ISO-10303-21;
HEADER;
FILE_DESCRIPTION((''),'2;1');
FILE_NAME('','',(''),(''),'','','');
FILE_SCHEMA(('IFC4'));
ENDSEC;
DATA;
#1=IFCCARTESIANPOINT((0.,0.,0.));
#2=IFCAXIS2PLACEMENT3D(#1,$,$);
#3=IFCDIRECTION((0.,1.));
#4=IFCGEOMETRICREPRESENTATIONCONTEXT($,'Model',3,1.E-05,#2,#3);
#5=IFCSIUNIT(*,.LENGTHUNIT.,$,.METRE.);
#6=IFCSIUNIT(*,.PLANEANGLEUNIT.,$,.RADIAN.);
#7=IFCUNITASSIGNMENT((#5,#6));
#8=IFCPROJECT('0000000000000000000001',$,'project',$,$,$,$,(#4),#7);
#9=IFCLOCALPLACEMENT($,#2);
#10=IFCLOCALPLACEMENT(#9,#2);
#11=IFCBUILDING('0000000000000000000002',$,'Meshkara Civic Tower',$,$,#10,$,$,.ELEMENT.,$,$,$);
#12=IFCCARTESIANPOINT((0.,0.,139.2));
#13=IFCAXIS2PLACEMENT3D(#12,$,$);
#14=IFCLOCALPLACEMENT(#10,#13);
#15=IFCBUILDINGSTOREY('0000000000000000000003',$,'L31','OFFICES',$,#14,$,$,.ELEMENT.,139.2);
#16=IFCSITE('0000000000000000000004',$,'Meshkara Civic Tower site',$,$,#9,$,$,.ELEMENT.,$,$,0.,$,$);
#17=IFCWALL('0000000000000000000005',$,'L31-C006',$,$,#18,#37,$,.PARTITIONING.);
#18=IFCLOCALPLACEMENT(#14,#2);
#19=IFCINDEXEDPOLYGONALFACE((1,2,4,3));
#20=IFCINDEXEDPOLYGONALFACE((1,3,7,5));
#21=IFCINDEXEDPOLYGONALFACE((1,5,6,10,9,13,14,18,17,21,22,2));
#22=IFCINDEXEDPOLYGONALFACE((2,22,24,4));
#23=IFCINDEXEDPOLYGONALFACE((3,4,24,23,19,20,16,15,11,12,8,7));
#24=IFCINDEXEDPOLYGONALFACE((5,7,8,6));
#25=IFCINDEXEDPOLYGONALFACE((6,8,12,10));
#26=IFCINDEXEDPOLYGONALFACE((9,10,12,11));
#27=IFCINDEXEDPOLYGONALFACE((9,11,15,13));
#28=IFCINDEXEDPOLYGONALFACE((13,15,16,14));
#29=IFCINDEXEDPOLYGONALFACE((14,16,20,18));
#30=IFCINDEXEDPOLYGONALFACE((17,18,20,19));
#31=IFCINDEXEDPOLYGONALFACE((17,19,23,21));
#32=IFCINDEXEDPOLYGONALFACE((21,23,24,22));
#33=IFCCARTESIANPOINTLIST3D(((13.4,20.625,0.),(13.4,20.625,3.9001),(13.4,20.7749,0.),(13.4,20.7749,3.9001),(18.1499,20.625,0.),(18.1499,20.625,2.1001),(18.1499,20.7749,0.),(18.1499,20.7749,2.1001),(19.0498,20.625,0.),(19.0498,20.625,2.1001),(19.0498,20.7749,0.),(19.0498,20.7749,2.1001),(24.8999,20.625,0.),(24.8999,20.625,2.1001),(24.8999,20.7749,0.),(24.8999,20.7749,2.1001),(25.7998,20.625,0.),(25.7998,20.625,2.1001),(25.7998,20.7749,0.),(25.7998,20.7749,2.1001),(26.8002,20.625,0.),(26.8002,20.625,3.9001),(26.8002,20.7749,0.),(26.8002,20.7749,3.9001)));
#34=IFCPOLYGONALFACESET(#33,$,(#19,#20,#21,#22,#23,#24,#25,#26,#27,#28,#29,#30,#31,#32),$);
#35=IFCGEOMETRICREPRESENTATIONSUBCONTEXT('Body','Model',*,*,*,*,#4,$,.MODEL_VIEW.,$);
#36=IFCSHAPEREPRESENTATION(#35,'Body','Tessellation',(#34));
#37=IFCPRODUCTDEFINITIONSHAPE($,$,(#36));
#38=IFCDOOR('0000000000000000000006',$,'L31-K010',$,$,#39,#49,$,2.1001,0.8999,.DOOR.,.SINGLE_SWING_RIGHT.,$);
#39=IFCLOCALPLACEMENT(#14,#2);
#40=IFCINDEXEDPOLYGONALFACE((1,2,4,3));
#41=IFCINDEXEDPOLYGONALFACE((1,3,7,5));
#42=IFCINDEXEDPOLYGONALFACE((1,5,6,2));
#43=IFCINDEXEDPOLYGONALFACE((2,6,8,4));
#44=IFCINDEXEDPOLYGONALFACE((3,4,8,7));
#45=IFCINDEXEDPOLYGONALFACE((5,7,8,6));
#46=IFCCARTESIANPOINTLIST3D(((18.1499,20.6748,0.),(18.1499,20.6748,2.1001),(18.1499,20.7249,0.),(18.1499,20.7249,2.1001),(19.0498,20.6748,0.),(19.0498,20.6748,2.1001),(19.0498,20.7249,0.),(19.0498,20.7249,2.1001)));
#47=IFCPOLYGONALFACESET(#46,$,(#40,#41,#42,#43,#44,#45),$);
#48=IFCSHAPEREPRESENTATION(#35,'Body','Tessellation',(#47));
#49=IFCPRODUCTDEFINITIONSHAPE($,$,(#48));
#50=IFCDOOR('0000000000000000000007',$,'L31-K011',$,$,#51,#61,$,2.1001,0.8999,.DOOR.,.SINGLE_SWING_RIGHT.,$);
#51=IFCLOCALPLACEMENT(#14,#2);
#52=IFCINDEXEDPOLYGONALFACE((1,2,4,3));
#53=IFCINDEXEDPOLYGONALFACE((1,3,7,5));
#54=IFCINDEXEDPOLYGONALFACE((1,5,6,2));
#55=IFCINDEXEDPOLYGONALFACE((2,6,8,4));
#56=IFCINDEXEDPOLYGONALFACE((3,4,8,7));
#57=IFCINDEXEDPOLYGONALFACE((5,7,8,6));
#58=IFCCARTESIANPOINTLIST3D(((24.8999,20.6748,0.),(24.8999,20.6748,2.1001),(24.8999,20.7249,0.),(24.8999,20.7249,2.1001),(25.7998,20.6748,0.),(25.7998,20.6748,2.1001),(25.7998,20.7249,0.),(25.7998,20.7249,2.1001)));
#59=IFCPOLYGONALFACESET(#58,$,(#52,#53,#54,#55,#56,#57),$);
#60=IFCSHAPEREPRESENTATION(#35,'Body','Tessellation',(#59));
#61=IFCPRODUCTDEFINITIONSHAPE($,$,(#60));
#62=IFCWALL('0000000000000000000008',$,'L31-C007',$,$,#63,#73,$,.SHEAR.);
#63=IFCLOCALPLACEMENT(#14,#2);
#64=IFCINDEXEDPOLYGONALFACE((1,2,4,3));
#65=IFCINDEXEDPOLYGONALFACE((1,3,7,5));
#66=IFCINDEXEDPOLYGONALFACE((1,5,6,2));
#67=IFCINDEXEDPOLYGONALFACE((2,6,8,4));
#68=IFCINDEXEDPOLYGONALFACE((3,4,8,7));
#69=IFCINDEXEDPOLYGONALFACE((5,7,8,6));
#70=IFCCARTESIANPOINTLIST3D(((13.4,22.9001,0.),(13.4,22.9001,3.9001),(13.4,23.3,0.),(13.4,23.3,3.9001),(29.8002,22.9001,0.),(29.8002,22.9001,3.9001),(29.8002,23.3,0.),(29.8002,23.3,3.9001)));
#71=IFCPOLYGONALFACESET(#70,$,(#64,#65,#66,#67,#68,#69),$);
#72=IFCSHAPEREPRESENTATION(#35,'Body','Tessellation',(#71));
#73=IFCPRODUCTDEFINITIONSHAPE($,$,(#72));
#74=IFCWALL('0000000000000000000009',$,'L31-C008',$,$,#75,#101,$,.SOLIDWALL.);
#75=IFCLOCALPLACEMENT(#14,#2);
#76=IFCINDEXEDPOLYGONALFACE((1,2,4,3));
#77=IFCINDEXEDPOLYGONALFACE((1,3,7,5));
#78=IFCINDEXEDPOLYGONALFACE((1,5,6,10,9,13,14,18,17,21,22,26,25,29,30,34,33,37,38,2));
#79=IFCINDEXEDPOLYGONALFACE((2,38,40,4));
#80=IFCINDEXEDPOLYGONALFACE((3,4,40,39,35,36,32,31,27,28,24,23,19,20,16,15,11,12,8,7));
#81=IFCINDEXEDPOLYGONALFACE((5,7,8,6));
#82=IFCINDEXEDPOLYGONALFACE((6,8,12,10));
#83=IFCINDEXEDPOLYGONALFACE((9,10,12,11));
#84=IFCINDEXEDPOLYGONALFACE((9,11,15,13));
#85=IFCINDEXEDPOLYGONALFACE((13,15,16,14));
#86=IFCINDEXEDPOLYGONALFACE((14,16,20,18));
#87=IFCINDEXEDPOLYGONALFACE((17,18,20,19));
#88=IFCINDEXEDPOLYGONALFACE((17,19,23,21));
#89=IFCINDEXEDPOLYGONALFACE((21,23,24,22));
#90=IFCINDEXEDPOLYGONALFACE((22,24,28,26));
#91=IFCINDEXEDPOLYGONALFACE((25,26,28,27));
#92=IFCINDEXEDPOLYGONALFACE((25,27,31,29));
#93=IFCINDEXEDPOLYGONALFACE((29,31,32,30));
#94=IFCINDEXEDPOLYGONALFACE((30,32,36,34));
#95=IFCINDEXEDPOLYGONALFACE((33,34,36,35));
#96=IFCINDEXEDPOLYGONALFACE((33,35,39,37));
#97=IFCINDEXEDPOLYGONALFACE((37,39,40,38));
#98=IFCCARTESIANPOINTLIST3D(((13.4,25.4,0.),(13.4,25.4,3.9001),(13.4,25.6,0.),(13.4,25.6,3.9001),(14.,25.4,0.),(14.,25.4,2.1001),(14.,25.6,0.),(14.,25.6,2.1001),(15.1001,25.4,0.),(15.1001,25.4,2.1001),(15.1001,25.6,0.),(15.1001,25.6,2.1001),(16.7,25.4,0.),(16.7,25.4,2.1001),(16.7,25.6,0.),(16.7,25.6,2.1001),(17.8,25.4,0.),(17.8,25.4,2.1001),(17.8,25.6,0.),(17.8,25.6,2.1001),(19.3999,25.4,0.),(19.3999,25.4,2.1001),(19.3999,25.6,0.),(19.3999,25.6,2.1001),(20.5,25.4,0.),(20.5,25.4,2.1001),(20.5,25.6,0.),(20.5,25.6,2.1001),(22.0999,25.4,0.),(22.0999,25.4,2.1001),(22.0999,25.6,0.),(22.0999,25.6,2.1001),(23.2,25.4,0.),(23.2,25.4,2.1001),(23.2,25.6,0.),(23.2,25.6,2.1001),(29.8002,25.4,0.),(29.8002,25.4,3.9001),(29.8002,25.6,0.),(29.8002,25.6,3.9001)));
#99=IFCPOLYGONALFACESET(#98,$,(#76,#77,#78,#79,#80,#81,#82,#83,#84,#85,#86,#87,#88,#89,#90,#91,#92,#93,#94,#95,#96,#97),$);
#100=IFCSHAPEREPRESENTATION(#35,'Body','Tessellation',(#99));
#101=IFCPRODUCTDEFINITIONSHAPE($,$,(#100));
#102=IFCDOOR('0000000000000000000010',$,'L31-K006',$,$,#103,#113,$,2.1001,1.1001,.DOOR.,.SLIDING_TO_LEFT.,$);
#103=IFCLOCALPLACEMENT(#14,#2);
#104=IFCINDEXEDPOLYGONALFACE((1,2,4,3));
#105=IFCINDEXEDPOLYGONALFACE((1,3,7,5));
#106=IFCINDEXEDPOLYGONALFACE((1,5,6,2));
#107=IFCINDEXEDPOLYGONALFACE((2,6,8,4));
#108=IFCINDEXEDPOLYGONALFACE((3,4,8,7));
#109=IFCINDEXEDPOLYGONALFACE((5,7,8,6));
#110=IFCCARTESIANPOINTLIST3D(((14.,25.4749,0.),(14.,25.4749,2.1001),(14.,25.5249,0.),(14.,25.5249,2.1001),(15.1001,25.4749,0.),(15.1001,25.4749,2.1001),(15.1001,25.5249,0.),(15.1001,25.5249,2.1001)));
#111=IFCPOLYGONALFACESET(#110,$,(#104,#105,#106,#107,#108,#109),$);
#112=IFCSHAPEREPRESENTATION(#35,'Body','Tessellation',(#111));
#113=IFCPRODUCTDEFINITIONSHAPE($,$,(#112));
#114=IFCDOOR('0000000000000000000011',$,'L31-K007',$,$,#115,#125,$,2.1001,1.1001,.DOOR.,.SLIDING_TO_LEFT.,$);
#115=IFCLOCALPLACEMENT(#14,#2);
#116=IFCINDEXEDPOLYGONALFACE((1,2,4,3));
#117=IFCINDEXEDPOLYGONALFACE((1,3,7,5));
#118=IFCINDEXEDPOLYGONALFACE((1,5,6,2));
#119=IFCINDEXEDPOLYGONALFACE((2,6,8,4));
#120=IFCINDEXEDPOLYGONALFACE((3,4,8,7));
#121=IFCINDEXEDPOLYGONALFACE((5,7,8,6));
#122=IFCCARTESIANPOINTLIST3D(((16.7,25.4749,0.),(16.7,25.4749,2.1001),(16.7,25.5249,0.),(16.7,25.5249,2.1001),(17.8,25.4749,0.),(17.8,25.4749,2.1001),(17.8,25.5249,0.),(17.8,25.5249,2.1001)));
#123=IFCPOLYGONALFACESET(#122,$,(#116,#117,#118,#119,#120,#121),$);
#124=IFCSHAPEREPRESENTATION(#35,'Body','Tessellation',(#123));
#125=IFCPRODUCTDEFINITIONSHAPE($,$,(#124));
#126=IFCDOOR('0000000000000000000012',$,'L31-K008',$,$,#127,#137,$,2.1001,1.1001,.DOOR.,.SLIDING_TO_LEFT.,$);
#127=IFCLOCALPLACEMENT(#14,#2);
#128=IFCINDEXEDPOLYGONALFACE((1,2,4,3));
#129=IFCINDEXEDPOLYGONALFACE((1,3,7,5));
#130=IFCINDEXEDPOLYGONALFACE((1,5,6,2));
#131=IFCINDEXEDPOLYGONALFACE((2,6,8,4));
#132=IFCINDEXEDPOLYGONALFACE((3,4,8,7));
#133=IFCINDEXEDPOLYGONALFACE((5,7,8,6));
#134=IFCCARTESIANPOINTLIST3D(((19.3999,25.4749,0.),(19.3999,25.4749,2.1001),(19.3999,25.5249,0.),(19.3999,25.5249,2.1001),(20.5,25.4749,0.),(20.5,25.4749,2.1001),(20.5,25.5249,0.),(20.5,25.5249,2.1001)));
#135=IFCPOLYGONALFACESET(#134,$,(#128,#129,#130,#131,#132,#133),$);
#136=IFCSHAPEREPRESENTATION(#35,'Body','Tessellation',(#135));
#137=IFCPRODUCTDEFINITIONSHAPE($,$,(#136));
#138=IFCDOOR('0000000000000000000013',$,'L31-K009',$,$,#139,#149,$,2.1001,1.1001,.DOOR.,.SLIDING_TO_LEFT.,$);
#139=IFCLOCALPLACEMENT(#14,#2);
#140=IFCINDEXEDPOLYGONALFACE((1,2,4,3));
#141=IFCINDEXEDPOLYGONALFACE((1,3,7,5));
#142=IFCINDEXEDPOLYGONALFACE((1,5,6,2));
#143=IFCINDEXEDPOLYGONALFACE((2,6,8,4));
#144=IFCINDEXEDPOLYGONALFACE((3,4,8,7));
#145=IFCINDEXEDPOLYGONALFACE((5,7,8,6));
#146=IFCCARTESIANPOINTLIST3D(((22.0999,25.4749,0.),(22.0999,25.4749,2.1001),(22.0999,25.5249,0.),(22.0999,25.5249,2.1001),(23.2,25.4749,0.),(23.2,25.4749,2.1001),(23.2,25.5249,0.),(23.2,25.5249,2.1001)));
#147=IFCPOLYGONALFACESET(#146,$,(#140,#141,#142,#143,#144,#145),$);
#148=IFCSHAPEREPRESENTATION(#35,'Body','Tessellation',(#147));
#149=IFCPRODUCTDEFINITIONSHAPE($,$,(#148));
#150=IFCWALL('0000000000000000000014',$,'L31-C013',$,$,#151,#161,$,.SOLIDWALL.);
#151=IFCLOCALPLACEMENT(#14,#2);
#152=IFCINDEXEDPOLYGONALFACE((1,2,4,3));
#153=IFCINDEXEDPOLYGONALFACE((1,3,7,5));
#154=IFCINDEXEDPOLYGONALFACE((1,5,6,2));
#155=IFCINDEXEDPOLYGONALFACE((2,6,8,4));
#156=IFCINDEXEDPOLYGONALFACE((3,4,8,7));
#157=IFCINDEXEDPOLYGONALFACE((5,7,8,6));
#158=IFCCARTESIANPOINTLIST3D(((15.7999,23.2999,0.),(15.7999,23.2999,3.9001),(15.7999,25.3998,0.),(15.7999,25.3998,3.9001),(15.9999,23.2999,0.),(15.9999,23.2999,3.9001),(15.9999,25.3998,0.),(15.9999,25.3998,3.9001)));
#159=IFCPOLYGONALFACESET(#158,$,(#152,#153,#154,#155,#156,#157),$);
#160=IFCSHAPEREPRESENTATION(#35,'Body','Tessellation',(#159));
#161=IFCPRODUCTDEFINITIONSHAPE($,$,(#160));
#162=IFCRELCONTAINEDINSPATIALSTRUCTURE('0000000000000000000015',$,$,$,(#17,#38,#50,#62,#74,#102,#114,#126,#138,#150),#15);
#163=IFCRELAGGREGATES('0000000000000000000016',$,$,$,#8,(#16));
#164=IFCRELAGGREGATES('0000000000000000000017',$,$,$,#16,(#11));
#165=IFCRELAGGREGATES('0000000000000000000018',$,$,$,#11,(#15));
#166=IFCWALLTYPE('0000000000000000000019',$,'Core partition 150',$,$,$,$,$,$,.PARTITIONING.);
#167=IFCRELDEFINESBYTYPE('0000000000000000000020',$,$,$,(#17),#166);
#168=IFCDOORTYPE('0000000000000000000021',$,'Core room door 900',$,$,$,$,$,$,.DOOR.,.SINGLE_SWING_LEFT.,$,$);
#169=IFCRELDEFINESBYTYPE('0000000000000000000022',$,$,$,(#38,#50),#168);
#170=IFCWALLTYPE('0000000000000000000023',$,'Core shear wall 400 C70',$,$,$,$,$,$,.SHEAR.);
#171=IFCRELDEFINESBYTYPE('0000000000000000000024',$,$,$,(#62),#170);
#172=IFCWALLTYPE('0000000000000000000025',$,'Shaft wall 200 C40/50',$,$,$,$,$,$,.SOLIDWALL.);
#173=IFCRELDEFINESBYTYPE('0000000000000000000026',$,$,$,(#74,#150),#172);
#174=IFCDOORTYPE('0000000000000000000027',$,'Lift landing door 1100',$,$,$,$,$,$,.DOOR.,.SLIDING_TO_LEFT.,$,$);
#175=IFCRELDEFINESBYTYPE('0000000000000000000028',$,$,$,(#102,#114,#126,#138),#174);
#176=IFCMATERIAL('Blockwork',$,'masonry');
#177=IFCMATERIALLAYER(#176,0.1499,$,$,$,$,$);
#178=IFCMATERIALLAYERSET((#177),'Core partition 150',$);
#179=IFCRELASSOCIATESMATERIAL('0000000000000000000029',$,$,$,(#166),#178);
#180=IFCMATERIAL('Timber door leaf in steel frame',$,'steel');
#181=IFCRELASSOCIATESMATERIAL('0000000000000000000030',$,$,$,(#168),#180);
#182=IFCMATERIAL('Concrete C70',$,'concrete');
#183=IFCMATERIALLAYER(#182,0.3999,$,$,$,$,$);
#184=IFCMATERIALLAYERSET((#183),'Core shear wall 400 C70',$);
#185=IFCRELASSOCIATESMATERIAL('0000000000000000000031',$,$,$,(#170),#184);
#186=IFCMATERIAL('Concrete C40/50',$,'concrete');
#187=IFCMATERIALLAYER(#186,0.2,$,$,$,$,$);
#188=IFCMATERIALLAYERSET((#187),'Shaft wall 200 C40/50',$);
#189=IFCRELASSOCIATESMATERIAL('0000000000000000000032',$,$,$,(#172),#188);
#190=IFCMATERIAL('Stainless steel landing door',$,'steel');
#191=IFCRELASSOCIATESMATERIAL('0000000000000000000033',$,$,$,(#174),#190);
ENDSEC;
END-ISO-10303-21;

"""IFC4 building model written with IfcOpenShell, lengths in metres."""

from ifc_helpers import new_model, si_unit, direction, frame, frame_2d, origin, place, context, subcontext, project, spatial, rectangle, extrude, material, layer, layer_set, type_object, element, fill, save


model = new_model("IFC4")

# Units and contexts
model_context = context("Model", 3, precision=1e-05, world=origin(), true_north=direction((0.0, 1.0)))
body_context = subcontext(model_context, "Body", "Model", "MODEL_VIEW")
ifc_project = project(units=[si_unit("LENGTHUNIT", "METRE"), si_unit("PLANEANGLEUNIT", "RADIAN")], contexts=[model_context])

# Site, building, storey
site_placement = place(None, origin())
site = spatial("IfcSite", under=ifc_project, at=site_placement, Name="Meshkara Civic Tower site", CompositionType="ELEMENT", RefElevation=0.0)
building_placement = place(site_placement, origin())
building = spatial("IfcBuilding", under=site, at=building_placement, Name="Meshkara Civic Tower", CompositionType="ELEMENT")
storey_placement = place(building_placement, frame((0.0, 0.0, 139.2)))
storey = spatial("IfcBuildingStorey", under=building, at=storey_placement, Name="L31", Description="OFFICES", CompositionType="ELEMENT", Elevation=139.2)

# Wall, openings, doors
ifc_material_1 = material(Name="Blockwork", Category="masonry")
ifc_layer_1 = layer(ifc_material_1, 0.1499)
ifc_layer_set_1 = layer_set([ifc_layer_1], Name="Core partition 150")
wall_type_1 = type_object("IfcWallType", Name="Core partition 150", PredefinedType="PARTITIONING", material=ifc_layer_set_1)
wall_1_placement = place(storey_placement, frame((13.3999, 20.7, 0.0), z_axis=(0.0, 0.0, 1.0), x_axis=(1.0, 0.0, 0.0)))
wall_1 = element("IfcWall", 1, at=wall_1_placement, inside=storey, type_object=wall_type_1, Name="L31-C006", PredefinedType="PARTITIONING", context=body_context, shape_type="SweptSolid", body=[
    extrude(rectangle(XDim=13.4001, YDim=0.1499, at=frame_2d((6.7002, 0.0))), origin(), (0.0, 0.0, 1.0), 3.9001),
])
opening_1_placement = place(wall_1_placement, frame((4.75, 0.0, 0.0)))
opening_1 = element("IfcOpeningElement", 2, at=opening_1_placement, cuts=wall_1, PredefinedType="OPENING", context=body_context, shape_type="SweptSolid", body=[
    extrude(rectangle(XDim=0.8999, YDim=2.1001, at=frame_2d((0.45, 1.05))), frame((0.0, 0.085, 0.0), z_axis=(0.0, -1.0, 0.0), x_axis=(1.0, 0.0, 0.0)), (0.0, 0.0, 1.0), 0.1699),
])
opening_2_placement = place(wall_1_placement, frame((11.5, 0.0, 0.0)))
opening_2 = element("IfcOpeningElement", 3, at=opening_2_placement, cuts=wall_1, PredefinedType="OPENING", context=body_context, shape_type="SweptSolid", body=[
    extrude(rectangle(XDim=0.8999, YDim=2.1001, at=frame_2d((0.45, 1.05))), frame((0.0, 0.085, 0.0), z_axis=(0.0, -1.0, 0.0), x_axis=(1.0, 0.0, 0.0)), (0.0, 0.0, 1.0), 0.1699),
])
ifc_material_2 = material(Name="Timber door leaf in steel frame", Category="steel")
door_type_1 = type_object("IfcDoorType", Name="Core room door 900", OperationType="SINGLE_SWING_LEFT", PredefinedType="DOOR", material=ifc_material_2)
door_1_placement = place(opening_1_placement, origin())
door_1 = element("IfcDoor", 4, at=door_1_placement, inside=storey, type_object=door_type_1, Name="L31-K010", OperationType="SINGLE_SWING_RIGHT", OverallHeight=2.1001, OverallWidth=0.8999, PredefinedType="DOOR", context=body_context, shape_type="SweptSolid", body=[
    extrude(rectangle(XDim=0.8999, YDim=2.1001, at=frame_2d((0.45, 1.05))), frame((0.0, 0.0249, 0.0), z_axis=(0.0, -1.0, 0.0), x_axis=(1.0, 0.0, 0.0)), (0.0, 0.0, 1.0), 0.05),
])
fill(opening_1, door_1)
door_2_placement = place(opening_2_placement, origin())
door_2 = element("IfcDoor", 5, at=door_2_placement, inside=storey, type_object=door_type_1, Name="L31-K011", OperationType="SINGLE_SWING_RIGHT", OverallHeight=2.1001, OverallWidth=0.8999, PredefinedType="DOOR", context=body_context, shape_type="SweptSolid", body=[
    extrude(rectangle(XDim=0.8999, YDim=2.1001, at=frame_2d((0.45, 1.05))), frame((0.0, 0.0249, 0.0), z_axis=(0.0, -1.0, 0.0), x_axis=(1.0, 0.0, 0.0)), (0.0, 0.0, 1.0), 0.05),
])
fill(opening_2, door_2)

# Wall
ifc_material_3 = material(Name="Concrete C70", Category="concrete")
ifc_layer_2 = layer(ifc_material_3, 0.3999)
ifc_layer_set_2 = layer_set([ifc_layer_2], Name="Core shear wall 400 C70")
wall_type_2 = type_object("IfcWallType", Name="Core shear wall 400 C70", PredefinedType="SHEAR", material=ifc_layer_set_2)
wall_2_placement = place(storey_placement, frame((13.3999, 23.1001, 0.0), z_axis=(0.0, 0.0, 1.0), x_axis=(1.0, 0.0, 0.0)))
element("IfcWall", 6, at=wall_2_placement, inside=storey, type_object=wall_type_2, Name="L31-C007", PredefinedType="SHEAR", context=body_context, shape_type="SweptSolid", body=[
    extrude(rectangle(XDim=16.4001, YDim=0.3999, at=frame_2d((8.2002, 0.0))), origin(), (0.0, 0.0, 1.0), 3.9001),
])

# Wall, openings, doors
ifc_material_4 = material(Name="Concrete C40/50", Category="concrete")
ifc_layer_3 = layer(ifc_material_4, 0.2)
ifc_layer_set_3 = layer_set([ifc_layer_3], Name="Shaft wall 200 C40/50")
wall_type_3 = type_object("IfcWallType", Name="Shaft wall 200 C40/50", PredefinedType="SOLIDWALL", material=ifc_layer_set_3)
wall_3_placement = place(storey_placement, frame((13.3999, 25.5, 0.0), z_axis=(0.0, 0.0, 1.0), x_axis=(1.0, 0.0, 0.0)))
wall_3 = element("IfcWall", 7, at=wall_3_placement, inside=storey, type_object=wall_type_3, Name="L31-C008", PredefinedType="SOLIDWALL", context=body_context, shape_type="SweptSolid", body=[
    extrude(rectangle(XDim=16.4001, YDim=0.2, at=frame_2d((8.2002, 0.0))), origin(), (0.0, 0.0, 1.0), 3.9001),
])
opening_3_placement = place(wall_3_placement, frame((0.6001, 0.0, 0.0)))
opening_3 = element("IfcOpeningElement", 8, at=opening_3_placement, cuts=wall_3, PredefinedType="OPENING", context=body_context, shape_type="SweptSolid", body=[
    extrude(rectangle(XDim=1.1001, YDim=2.1001, at=frame_2d((0.55, 1.05))), frame((0.0, 0.1099, 0.0), z_axis=(0.0, -1.0, 0.0), x_axis=(1.0, 0.0, 0.0)), (0.0, 0.0, 1.0), 0.22),
])
opening_4_placement = place(wall_3_placement, frame((3.3, 0.0, 0.0)))
opening_4 = element("IfcOpeningElement", 9, at=opening_4_placement, cuts=wall_3, PredefinedType="OPENING", context=body_context, shape_type="SweptSolid", body=[
    extrude(rectangle(XDim=1.1001, YDim=2.1001, at=frame_2d((0.55, 1.05))), frame((0.0, 0.1099, 0.0), z_axis=(0.0, -1.0, 0.0), x_axis=(1.0, 0.0, 0.0)), (0.0, 0.0, 1.0), 0.22),
])
opening_5_placement = place(wall_3_placement, frame((6.0, 0.0, 0.0)))
opening_5 = element("IfcOpeningElement", 10, at=opening_5_placement, cuts=wall_3, PredefinedType="OPENING", context=body_context, shape_type="SweptSolid", body=[
    extrude(rectangle(XDim=1.1001, YDim=2.1001, at=frame_2d((0.55, 1.05))), frame((0.0, 0.1099, 0.0), z_axis=(0.0, -1.0, 0.0), x_axis=(1.0, 0.0, 0.0)), (0.0, 0.0, 1.0), 0.22),
])
opening_6_placement = place(wall_3_placement, frame((8.7, 0.0, 0.0)))
opening_6 = element("IfcOpeningElement", 11, at=opening_6_placement, cuts=wall_3, PredefinedType="OPENING", context=body_context, shape_type="SweptSolid", body=[
    extrude(rectangle(XDim=1.1001, YDim=2.1001, at=frame_2d((0.55, 1.05))), frame((0.0, 0.1099, 0.0), z_axis=(0.0, -1.0, 0.0), x_axis=(1.0, 0.0, 0.0)), (0.0, 0.0, 1.0), 0.22),
])
ifc_material_5 = material(Name="Stainless steel landing door", Category="steel")
door_type_2 = type_object("IfcDoorType", Name="Lift landing door 1100", OperationType="SLIDING_TO_LEFT", PredefinedType="DOOR", material=ifc_material_5)
door_3_placement = place(opening_3_placement, origin())
door_3 = element("IfcDoor", 12, at=door_3_placement, inside=storey, type_object=door_type_2, Name="L31-K006", OperationType="SLIDING_TO_LEFT", OverallHeight=2.1001, OverallWidth=1.1001, PredefinedType="DOOR", context=body_context, shape_type="SweptSolid", body=[
    extrude(rectangle(XDim=1.1001, YDim=2.1001, at=frame_2d((0.55, 1.05))), frame((0.0, 0.0249, 0.0), z_axis=(0.0, -1.0, 0.0), x_axis=(1.0, 0.0, 0.0)), (0.0, 0.0, 1.0), 0.05),
])
fill(opening_3, door_3)
door_4_placement = place(opening_4_placement, origin())
door_4 = element("IfcDoor", 13, at=door_4_placement, inside=storey, type_object=door_type_2, Name="L31-K007", OperationType="SLIDING_TO_LEFT", OverallHeight=2.1001, OverallWidth=1.1001, PredefinedType="DOOR", context=body_context, shape_type="SweptSolid", body=[
    extrude(rectangle(XDim=1.1001, YDim=2.1001, at=frame_2d((0.55, 1.05))), frame((0.0, 0.0249, 0.0), z_axis=(0.0, -1.0, 0.0), x_axis=(1.0, 0.0, 0.0)), (0.0, 0.0, 1.0), 0.05),
])
fill(opening_4, door_4)
door_5_placement = place(opening_5_placement, origin())
door_5 = element("IfcDoor", 14, at=door_5_placement, inside=storey, type_object=door_type_2, Name="L31-K008", OperationType="SLIDING_TO_LEFT", OverallHeight=2.1001, OverallWidth=1.1001, PredefinedType="DOOR", context=body_context, shape_type="SweptSolid", body=[
    extrude(rectangle(XDim=1.1001, YDim=2.1001, at=frame_2d((0.55, 1.05))), frame((0.0, 0.0249, 0.0), z_axis=(0.0, -1.0, 0.0), x_axis=(1.0, 0.0, 0.0)), (0.0, 0.0, 1.0), 0.05),
])
fill(opening_5, door_5)
door_6_placement = place(opening_6_placement, origin())
door_6 = element("IfcDoor", 15, at=door_6_placement, inside=storey, type_object=door_type_2, Name="L31-K009", OperationType="SLIDING_TO_LEFT", OverallHeight=2.1001, OverallWidth=1.1001, PredefinedType="DOOR", context=body_context, shape_type="SweptSolid", body=[
    extrude(rectangle(XDim=1.1001, YDim=2.1001, at=frame_2d((0.55, 1.05))), frame((0.0, 0.0249, 0.0), z_axis=(0.0, -1.0, 0.0), x_axis=(1.0, 0.0, 0.0)), (0.0, 0.0, 1.0), 0.05),
])
fill(opening_6, door_6)

# Wall
wall_4_placement = place(storey_placement, frame((15.8999, 23.3, 0.0), z_axis=(0.0, 0.0, 1.0), x_axis=(0.0, 1.0, 0.0)))
element("IfcWall", 16, at=wall_4_placement, inside=storey, type_object=wall_type_3, Name="L31-C013", PredefinedType="SOLIDWALL", context=body_context, shape_type="SweptSolid", body=[
    extrude(rectangle(XDim=2.0999, YDim=0.2, at=frame_2d((1.0498, 0.0))), origin(), (0.0, 0.0, 1.0), 3.9001),
])

save(model, "model.ifc")
